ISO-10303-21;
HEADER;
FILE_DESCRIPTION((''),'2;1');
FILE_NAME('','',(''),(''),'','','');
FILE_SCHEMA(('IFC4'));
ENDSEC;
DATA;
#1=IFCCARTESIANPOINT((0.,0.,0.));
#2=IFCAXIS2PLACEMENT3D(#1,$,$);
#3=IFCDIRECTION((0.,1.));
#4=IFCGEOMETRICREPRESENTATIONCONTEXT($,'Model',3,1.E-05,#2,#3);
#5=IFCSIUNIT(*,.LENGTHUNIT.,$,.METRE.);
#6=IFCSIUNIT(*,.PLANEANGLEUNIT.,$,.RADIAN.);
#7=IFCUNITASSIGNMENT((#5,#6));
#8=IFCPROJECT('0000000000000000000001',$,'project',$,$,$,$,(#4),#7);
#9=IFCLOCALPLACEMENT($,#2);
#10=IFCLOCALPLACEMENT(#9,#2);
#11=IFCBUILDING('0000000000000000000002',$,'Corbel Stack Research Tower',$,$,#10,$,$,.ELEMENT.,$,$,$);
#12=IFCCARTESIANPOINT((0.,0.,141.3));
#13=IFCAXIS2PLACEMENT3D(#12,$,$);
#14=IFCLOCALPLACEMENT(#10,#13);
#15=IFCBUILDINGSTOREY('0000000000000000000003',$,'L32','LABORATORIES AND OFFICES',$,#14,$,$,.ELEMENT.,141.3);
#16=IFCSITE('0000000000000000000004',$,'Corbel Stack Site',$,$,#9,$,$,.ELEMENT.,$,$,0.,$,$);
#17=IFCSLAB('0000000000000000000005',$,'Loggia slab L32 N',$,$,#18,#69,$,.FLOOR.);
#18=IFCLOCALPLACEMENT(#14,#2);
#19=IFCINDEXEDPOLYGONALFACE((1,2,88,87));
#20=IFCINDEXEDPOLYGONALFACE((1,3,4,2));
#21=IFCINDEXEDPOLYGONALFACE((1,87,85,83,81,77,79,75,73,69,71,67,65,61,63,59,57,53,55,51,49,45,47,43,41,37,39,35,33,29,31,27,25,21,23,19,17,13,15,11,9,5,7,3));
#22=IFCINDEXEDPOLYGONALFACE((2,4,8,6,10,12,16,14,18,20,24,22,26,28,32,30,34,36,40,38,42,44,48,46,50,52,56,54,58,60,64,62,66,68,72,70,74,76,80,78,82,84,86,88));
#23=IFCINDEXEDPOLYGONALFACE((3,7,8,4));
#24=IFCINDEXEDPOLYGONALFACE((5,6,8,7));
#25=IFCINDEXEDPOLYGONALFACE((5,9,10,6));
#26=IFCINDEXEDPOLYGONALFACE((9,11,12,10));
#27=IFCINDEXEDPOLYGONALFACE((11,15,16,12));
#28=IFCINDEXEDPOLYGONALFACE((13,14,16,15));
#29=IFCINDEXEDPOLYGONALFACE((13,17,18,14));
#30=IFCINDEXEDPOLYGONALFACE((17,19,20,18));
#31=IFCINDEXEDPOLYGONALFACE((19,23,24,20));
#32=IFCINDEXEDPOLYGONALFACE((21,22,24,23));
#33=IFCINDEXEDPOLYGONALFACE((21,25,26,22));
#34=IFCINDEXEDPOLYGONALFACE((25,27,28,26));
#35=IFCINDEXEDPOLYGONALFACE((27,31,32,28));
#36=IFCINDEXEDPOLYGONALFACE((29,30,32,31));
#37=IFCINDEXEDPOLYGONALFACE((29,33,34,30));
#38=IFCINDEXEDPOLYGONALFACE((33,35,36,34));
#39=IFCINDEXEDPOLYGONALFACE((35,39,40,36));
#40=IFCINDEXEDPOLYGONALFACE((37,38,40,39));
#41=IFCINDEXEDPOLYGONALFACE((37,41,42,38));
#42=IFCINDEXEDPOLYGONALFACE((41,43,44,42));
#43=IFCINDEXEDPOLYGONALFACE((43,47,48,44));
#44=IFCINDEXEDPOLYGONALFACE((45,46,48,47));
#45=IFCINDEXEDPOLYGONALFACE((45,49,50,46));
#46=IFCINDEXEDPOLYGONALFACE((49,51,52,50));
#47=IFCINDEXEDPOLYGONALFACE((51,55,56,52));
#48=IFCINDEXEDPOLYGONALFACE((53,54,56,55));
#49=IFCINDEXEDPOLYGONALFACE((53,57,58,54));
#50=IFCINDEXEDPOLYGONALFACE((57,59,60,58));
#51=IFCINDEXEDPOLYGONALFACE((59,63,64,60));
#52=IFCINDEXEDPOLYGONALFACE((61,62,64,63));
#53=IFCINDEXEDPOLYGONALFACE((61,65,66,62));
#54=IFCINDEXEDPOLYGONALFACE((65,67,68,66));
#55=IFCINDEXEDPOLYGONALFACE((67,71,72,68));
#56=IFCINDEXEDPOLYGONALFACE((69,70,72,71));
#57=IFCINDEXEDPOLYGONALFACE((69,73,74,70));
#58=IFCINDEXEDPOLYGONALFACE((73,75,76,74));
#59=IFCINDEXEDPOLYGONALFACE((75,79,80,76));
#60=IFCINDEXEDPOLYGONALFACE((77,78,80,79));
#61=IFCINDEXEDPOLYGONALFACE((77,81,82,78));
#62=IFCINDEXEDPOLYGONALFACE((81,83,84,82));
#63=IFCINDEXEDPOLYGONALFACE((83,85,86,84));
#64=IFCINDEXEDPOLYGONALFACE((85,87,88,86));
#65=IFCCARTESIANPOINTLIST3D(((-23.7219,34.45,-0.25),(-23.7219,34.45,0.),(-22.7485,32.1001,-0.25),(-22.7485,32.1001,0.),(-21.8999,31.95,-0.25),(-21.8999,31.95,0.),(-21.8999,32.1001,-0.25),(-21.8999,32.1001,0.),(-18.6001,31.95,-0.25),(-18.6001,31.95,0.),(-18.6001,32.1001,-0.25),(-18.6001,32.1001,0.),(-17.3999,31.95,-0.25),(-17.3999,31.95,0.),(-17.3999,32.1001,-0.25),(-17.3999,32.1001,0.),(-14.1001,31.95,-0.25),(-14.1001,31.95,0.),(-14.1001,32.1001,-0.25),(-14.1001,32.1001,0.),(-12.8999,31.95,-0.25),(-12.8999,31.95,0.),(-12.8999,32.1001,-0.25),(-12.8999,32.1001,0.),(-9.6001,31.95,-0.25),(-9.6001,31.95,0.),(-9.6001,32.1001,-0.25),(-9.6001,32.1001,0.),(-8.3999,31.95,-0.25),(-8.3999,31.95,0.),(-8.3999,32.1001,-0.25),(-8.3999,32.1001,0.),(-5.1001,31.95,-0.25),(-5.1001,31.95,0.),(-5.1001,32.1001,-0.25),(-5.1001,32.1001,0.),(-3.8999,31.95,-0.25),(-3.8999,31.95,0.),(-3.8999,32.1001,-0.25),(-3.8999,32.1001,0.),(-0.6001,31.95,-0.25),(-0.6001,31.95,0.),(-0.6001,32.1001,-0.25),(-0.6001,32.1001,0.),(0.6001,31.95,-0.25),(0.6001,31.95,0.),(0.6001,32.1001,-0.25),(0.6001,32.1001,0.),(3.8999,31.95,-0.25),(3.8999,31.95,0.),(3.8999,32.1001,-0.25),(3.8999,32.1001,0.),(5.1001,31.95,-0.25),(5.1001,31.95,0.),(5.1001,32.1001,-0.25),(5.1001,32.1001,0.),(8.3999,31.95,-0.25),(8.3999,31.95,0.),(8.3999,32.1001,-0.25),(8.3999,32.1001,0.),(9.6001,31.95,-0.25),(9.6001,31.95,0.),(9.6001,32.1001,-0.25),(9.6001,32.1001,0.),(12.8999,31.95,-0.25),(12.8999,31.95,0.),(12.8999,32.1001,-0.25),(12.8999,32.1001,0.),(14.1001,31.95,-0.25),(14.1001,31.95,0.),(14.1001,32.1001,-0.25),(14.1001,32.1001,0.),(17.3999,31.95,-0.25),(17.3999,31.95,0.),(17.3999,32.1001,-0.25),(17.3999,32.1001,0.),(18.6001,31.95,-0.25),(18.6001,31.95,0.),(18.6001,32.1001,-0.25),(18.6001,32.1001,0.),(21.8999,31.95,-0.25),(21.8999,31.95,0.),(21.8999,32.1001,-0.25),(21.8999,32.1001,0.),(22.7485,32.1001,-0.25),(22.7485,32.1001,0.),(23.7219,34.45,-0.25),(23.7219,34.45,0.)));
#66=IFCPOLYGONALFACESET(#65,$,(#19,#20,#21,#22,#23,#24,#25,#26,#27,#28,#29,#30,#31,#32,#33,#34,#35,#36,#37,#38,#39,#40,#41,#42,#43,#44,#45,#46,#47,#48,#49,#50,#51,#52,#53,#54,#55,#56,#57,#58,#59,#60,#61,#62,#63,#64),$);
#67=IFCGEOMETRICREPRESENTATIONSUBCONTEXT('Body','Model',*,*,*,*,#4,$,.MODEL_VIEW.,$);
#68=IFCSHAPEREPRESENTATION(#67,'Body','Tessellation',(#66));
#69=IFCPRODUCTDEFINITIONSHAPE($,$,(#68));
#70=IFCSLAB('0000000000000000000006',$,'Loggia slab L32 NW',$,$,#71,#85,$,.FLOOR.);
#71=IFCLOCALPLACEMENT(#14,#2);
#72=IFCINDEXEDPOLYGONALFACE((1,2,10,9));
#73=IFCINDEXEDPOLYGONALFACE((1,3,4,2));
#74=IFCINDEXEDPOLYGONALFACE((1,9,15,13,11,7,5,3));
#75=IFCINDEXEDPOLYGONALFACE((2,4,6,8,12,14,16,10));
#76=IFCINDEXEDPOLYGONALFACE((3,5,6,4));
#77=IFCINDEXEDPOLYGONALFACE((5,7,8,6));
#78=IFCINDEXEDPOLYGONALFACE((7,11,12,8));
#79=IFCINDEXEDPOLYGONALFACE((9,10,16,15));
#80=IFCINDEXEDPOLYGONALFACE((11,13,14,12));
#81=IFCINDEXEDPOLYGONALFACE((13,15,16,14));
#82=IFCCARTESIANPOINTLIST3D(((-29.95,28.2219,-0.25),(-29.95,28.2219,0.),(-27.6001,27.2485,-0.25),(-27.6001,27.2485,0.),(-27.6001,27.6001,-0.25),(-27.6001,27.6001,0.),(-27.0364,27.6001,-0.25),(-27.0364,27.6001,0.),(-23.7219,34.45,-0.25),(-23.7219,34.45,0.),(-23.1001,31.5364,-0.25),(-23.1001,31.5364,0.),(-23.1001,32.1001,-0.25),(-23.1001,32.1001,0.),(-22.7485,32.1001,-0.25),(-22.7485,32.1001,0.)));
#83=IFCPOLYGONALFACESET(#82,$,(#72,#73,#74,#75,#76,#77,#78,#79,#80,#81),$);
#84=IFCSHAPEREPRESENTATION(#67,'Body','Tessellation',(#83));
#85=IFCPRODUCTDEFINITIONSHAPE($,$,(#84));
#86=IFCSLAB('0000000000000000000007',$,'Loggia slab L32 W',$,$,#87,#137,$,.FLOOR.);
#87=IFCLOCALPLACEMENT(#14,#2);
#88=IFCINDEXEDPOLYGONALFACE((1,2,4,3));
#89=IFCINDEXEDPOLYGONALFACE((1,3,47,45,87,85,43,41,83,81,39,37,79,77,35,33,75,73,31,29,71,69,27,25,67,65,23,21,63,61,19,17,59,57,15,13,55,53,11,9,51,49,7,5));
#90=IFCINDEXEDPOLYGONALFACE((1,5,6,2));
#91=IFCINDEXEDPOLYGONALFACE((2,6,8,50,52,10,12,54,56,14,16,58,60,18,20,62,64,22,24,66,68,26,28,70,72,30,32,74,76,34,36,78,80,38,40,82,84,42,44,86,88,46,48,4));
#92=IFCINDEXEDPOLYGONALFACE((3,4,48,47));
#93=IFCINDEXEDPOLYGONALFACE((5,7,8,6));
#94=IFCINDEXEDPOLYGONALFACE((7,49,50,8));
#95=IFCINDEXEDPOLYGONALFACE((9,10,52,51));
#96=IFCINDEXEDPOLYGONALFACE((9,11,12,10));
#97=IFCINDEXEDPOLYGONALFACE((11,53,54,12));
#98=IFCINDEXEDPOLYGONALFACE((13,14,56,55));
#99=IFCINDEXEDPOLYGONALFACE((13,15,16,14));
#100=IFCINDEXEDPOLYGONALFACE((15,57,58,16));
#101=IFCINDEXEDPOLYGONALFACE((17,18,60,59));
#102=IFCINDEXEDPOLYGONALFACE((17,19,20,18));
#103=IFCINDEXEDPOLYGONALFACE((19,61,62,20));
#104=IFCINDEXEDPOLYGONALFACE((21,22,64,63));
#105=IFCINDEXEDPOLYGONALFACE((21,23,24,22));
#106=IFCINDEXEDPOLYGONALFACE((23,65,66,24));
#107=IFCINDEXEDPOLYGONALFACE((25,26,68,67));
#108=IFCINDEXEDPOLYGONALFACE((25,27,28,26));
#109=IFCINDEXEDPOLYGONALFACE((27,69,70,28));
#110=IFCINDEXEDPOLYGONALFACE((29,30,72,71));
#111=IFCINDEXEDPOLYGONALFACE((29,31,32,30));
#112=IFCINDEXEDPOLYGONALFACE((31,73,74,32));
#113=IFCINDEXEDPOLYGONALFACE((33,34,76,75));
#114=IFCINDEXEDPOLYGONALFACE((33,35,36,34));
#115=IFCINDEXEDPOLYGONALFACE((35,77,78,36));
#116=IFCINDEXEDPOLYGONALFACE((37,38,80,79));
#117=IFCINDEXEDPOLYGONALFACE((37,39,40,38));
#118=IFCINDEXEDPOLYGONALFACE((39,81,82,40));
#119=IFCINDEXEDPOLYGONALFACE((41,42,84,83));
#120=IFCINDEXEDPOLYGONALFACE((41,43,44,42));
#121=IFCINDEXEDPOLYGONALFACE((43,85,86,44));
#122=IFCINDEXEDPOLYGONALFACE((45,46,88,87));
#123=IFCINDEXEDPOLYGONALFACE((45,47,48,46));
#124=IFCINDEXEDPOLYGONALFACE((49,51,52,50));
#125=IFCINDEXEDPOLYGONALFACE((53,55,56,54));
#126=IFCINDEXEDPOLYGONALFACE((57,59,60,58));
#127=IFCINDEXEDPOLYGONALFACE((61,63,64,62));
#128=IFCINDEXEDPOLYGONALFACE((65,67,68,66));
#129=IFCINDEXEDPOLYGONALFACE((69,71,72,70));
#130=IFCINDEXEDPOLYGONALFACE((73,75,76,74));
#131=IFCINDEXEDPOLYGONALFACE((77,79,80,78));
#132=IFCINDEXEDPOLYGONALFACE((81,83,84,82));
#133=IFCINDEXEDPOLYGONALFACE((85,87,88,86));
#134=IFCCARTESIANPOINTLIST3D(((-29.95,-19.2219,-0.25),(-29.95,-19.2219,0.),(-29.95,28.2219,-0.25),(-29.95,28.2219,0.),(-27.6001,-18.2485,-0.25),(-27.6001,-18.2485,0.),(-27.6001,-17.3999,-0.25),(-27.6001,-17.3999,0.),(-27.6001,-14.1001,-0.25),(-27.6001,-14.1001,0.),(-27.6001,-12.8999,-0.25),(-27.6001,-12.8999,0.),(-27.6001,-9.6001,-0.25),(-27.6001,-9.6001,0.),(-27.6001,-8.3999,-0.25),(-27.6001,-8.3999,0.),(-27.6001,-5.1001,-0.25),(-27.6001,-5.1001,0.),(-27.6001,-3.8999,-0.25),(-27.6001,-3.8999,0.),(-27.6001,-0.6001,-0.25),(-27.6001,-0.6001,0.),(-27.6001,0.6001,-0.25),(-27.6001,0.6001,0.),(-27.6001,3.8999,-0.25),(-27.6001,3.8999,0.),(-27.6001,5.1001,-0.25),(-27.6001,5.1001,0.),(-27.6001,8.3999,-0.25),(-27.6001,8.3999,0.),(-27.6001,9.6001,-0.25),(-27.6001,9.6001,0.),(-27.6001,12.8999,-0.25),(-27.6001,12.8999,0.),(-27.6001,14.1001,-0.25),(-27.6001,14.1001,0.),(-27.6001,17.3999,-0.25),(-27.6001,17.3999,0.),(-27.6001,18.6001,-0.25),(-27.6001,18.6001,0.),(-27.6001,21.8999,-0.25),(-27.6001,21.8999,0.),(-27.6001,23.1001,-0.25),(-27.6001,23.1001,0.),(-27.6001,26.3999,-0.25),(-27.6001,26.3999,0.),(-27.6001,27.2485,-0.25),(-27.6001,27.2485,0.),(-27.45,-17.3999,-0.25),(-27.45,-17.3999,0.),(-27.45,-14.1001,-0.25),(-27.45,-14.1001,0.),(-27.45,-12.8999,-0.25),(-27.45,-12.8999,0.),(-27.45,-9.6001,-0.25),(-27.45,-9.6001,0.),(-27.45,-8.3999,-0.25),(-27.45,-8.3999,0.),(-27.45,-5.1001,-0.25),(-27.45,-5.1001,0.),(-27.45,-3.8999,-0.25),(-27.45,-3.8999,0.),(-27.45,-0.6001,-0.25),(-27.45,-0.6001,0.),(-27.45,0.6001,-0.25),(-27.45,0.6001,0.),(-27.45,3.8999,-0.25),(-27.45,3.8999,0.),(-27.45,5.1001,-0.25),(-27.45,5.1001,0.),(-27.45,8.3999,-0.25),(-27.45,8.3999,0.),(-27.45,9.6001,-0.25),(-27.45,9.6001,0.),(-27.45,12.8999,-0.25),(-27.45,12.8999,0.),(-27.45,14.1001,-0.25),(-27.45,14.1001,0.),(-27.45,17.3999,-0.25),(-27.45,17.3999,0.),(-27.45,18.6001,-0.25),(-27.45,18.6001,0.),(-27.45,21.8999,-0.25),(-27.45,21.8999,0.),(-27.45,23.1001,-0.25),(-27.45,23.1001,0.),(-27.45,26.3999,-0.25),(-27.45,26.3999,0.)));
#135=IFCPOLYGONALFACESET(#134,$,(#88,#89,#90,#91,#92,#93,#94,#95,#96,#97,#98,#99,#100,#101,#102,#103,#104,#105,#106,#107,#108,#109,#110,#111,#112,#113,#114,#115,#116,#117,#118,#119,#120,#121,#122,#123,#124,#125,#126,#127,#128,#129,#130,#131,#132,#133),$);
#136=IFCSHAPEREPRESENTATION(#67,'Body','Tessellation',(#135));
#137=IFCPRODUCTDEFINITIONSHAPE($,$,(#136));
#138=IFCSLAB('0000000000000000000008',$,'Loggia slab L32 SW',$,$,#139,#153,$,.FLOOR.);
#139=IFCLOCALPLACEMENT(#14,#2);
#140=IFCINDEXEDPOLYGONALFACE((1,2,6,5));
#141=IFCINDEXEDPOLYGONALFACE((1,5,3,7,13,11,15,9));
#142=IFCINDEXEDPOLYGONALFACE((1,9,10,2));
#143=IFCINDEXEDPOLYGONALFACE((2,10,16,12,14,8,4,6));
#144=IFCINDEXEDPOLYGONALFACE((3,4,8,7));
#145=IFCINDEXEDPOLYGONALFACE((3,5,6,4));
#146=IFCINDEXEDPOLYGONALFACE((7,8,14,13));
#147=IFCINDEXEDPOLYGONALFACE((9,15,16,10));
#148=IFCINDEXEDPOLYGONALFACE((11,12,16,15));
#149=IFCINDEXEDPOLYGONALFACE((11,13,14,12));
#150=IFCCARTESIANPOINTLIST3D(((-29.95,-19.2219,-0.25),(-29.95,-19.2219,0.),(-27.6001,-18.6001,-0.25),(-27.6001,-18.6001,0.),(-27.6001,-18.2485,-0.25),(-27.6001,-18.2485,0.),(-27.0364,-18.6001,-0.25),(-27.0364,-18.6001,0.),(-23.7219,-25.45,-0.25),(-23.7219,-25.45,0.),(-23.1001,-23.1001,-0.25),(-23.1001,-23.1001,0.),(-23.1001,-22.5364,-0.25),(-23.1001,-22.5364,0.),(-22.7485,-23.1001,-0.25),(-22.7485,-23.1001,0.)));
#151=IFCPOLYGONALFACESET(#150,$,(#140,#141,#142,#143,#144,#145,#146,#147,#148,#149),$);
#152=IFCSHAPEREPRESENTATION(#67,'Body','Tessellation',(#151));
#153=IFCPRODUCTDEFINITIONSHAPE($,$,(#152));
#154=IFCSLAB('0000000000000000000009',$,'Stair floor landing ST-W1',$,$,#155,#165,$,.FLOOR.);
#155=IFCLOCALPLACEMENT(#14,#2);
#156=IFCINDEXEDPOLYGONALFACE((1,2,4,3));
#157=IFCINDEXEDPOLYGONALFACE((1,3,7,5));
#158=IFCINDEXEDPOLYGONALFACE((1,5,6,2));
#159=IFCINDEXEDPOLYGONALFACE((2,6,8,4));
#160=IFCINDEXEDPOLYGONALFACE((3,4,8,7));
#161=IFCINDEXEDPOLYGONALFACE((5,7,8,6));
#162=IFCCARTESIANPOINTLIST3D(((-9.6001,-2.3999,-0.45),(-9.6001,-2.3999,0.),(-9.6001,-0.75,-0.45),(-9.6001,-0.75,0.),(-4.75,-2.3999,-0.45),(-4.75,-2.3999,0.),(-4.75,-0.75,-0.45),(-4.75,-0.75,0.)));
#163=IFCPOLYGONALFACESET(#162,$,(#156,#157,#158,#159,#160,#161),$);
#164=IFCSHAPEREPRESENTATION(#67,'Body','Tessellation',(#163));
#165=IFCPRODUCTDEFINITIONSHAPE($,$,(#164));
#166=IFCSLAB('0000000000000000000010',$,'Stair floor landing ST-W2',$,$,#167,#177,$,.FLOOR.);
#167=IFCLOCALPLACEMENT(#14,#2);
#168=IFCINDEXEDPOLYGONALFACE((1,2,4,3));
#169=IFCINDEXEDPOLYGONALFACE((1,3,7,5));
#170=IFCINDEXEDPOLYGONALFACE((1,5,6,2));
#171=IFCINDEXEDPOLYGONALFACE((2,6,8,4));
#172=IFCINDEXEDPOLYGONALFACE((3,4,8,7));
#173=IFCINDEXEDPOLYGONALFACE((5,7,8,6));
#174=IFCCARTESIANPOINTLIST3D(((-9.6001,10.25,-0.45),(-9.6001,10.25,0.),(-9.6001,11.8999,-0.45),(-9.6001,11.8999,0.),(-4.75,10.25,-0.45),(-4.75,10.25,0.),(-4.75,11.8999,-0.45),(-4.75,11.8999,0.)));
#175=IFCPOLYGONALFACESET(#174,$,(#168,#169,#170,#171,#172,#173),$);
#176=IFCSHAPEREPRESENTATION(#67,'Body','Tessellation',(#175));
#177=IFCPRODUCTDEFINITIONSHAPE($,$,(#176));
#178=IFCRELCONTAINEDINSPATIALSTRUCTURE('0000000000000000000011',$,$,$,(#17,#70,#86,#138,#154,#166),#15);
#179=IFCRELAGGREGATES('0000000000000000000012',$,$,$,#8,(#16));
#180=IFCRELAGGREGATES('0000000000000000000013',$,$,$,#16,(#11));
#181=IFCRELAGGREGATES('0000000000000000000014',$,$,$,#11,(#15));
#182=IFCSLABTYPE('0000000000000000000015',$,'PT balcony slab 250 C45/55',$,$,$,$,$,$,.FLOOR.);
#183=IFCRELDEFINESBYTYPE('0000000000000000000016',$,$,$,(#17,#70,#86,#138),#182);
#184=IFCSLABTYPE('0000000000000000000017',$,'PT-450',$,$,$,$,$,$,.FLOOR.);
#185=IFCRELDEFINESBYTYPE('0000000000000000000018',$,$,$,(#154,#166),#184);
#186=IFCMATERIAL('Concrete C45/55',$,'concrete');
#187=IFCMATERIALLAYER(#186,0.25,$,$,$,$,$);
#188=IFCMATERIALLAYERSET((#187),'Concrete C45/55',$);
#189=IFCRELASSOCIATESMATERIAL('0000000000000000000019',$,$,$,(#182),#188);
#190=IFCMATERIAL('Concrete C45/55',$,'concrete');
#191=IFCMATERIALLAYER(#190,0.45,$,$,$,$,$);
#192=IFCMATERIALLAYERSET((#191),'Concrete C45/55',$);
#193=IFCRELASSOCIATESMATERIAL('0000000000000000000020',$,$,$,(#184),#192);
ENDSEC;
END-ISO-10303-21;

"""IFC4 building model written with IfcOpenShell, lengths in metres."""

from ifc_helpers import new_model, si_unit, direction, frame, origin, place, context, subcontext, project, spatial, polyline, outline, extrude, material, layer, layer_set, type_object, element, save


model = new_model("IFC4")

# Units and contexts
model_context = context("Model", 3, precision=1e-05, world=origin(), true_north=direction((0.0, 1.0)))
body_context = subcontext(model_context, "Body", "Model", "MODEL_VIEW")
ifc_project = project(units=[si_unit("LENGTHUNIT", "METRE"), si_unit("PLANEANGLEUNIT", "RADIAN")], contexts=[model_context])

# Site, building, storey
site_placement = place(None, origin())
site = spatial("IfcSite", under=ifc_project, at=site_placement, Name="Corbel Stack Site", CompositionType="ELEMENT", RefElevation=0.0)
building_placement = place(site_placement, origin())
building = spatial("IfcBuilding", under=site, at=building_placement, Name="Corbel Stack Research Tower", CompositionType="ELEMENT")
storey_placement = place(building_placement, frame((0.0, 0.0, 141.3)))
storey = spatial("IfcBuildingStorey", under=building, at=storey_placement, Name="L32", Description="LABORATORIES AND OFFICES", CompositionType="ELEMENT", Elevation=141.3)

# Slabs
ifc_material_1 = material(Name="Concrete C45/55", Category="concrete")
ifc_layer_1 = layer(ifc_material_1, 0.25)
ifc_layer_set_1 = layer_set([ifc_layer_1], Name="Concrete C45/55")
slab_type_1 = type_object("IfcSlabType", Name="PT balcony slab 250 C45/55", PredefinedType="FLOOR", material=ifc_layer_set_1)
slab_1_placement = place(storey_placement, frame((0.0, 0.0, -0.25)))
element("IfcSlab", 1, at=slab_1_placement, inside=storey, type_object=slab_type_1, Name="Loggia slab L32 N", PredefinedType="FLOOR", context=body_context, shape_type="SweptSolid", body=[
    extrude(outline(polyline([(-22.7485, 32.1001), (-21.8999, 32.1001), (-21.8999, 31.95), (-18.6001, 31.95), (-18.6001, 32.1001), (-17.3999, 32.1001), (-17.3999, 31.95), (-14.1001, 31.95), (-14.1001, 32.1001), (-12.8999, 32.1001), (-12.8999, 31.95), (-9.6001, 31.95), (-9.6001, 32.1001), (-8.3999, 32.1001), (-8.3999, 31.95), (-5.1001, 31.95), (-5.1001, 32.1001), (-3.8999, 32.1001), (-3.8999, 31.95), (-0.6001, 31.95), (-0.6001, 32.1001), (0.6001, 32.1001), (0.6001, 31.95), (3.8999, 31.95), (3.8999, 32.1001), (5.1001, 32.1001), (5.1001, 31.95), (8.3999, 31.95), (8.3999, 32.1001), (9.6001, 32.1001), (9.6001, 31.95), (12.8999, 31.95), (12.8999, 32.1001), (14.1001, 32.1001), (14.1001, 31.95), (17.3999, 31.95), (17.3999, 32.1001), (18.6001, 32.1001), (18.6001, 31.95), (21.8999, 31.95), (21.8999, 32.1001), (22.7485, 32.1001), (23.7219, 34.45), (-23.7219, 34.45), (-22.7485, 32.1001)])), origin(), (0.0, 0.0, 1.0), 0.25),
])
slab_2_placement = place(storey_placement, frame((0.0, 0.0, -0.25)))
element("IfcSlab", 2, at=slab_2_placement, inside=storey, type_object=slab_type_1, Name="Loggia slab L32 NW", PredefinedType="FLOOR", context=body_context, shape_type="SweptSolid", body=[
    extrude(outline(polyline([(-27.6001, 27.2485), (-27.6001, 27.6001), (-27.0364, 27.6001), (-23.1001, 31.5364), (-23.1001, 32.1001), (-22.7485, 32.1001), (-23.7219, 34.45), (-29.95, 28.2219), (-27.6001, 27.2485)])), origin(), (0.0, 0.0, 1.0), 0.25),
])
slab_3_placement = place(storey_placement, frame((0.0, 0.0, -0.25)))
element("IfcSlab", 3, at=slab_3_placement, inside=storey, type_object=slab_type_1, Name="Loggia slab L32 W", PredefinedType="FLOOR", context=body_context, shape_type="SweptSolid", body=[
    extrude(outline(polyline([(-27.6001, -18.2485), (-27.6001, -17.3999), (-27.45, -17.3999), (-27.45, -14.1001), (-27.6001, -14.1001), (-27.6001, -12.8999), (-27.45, -12.8999), (-27.45, -9.6001), (-27.6001, -9.6001), (-27.6001, -8.3999), (-27.45, -8.3999), (-27.45, -5.1001), (-27.6001, -5.1001), (-27.6001, -3.8999), (-27.45, -3.8999), (-27.45, -0.6001), (-27.6001, -0.6001), (-27.6001, 0.6001), (-27.45, 0.6001), (-27.45, 3.8999), (-27.6001, 3.8999), (-27.6001, 5.1001), (-27.45, 5.1001), (-27.45, 8.3999), (-27.6001, 8.3999), (-27.6001, 9.6001), (-27.45, 9.6001), (-27.45, 12.8999), (-27.6001, 12.8999), (-27.6001, 14.1001), (-27.45, 14.1001), (-27.45, 17.3999), (-27.6001, 17.3999), (-27.6001, 18.6001), (-27.45, 18.6001), (-27.45, 21.8999), (-27.6001, 21.8999), (-27.6001, 23.1001), (-27.45, 23.1001), (-27.45, 26.3999), (-27.6001, 26.3999), (-27.6001, 27.2485), (-29.95, 28.2219), (-29.95, -19.2219), (-27.6001, -18.2485)])), origin(), (0.0, 0.0, 1.0), 0.25),
])
slab_4_placement = place(storey_placement, frame((0.0, 0.0, -0.25)))
element("IfcSlab", 4, at=slab_4_placement, inside=storey, type_object=slab_type_1, Name="Loggia slab L32 SW", PredefinedType="FLOOR", context=body_context, shape_type="SweptSolid", body=[
    extrude(outline(polyline([(-22.7485, -23.1001), (-23.1001, -23.1001), (-23.1001, -22.5364), (-27.0364, -18.6001), (-27.6001, -18.6001), (-27.6001, -18.2485), (-29.95, -19.2219), (-23.7219, -25.45), (-22.7485, -23.1001)])), origin(), (0.0, 0.0, 1.0), 0.25),
])
ifc_material_2 = material(Name="Concrete C45/55", Category="concrete")
ifc_layer_2 = layer(ifc_material_2, 0.45)
ifc_layer_set_2 = layer_set([ifc_layer_2], Name="Concrete C45/55")
slab_type_2 = type_object("IfcSlabType", Name="PT-450", PredefinedType="FLOOR", material=ifc_layer_set_2)
slab_5_placement = place(storey_placement, frame((0.0, 0.0, -0.45)))
element("IfcSlab", 5, at=slab_5_placement, inside=storey, type_object=slab_type_2, Name="Stair floor landing ST-W1", PredefinedType="FLOOR", context=body_context, shape_type="SweptSolid", body=[
    extrude(outline(polyline([(-9.6001, -2.3999), (-4.75, -2.3999), (-4.75, -0.75), (-9.6001, -0.75), (-9.6001, -2.3999)])), origin(), (0.0, 0.0, 1.0), 0.45),
])
slab_6_placement = place(storey_placement, frame((0.0, 0.0, -0.45)))
element("IfcSlab", 6, at=slab_6_placement, inside=storey, type_object=slab_type_2, Name="Stair floor landing ST-W2", PredefinedType="FLOOR", context=body_context, shape_type="SweptSolid", body=[
    extrude(outline(polyline([(-9.6001, 10.25), (-4.75, 10.25), (-4.75, 11.8999), (-9.6001, 11.8999), (-9.6001, 10.25)])), origin(), (0.0, 0.0, 1.0), 0.45),
])

save(model, "model.ifc")
